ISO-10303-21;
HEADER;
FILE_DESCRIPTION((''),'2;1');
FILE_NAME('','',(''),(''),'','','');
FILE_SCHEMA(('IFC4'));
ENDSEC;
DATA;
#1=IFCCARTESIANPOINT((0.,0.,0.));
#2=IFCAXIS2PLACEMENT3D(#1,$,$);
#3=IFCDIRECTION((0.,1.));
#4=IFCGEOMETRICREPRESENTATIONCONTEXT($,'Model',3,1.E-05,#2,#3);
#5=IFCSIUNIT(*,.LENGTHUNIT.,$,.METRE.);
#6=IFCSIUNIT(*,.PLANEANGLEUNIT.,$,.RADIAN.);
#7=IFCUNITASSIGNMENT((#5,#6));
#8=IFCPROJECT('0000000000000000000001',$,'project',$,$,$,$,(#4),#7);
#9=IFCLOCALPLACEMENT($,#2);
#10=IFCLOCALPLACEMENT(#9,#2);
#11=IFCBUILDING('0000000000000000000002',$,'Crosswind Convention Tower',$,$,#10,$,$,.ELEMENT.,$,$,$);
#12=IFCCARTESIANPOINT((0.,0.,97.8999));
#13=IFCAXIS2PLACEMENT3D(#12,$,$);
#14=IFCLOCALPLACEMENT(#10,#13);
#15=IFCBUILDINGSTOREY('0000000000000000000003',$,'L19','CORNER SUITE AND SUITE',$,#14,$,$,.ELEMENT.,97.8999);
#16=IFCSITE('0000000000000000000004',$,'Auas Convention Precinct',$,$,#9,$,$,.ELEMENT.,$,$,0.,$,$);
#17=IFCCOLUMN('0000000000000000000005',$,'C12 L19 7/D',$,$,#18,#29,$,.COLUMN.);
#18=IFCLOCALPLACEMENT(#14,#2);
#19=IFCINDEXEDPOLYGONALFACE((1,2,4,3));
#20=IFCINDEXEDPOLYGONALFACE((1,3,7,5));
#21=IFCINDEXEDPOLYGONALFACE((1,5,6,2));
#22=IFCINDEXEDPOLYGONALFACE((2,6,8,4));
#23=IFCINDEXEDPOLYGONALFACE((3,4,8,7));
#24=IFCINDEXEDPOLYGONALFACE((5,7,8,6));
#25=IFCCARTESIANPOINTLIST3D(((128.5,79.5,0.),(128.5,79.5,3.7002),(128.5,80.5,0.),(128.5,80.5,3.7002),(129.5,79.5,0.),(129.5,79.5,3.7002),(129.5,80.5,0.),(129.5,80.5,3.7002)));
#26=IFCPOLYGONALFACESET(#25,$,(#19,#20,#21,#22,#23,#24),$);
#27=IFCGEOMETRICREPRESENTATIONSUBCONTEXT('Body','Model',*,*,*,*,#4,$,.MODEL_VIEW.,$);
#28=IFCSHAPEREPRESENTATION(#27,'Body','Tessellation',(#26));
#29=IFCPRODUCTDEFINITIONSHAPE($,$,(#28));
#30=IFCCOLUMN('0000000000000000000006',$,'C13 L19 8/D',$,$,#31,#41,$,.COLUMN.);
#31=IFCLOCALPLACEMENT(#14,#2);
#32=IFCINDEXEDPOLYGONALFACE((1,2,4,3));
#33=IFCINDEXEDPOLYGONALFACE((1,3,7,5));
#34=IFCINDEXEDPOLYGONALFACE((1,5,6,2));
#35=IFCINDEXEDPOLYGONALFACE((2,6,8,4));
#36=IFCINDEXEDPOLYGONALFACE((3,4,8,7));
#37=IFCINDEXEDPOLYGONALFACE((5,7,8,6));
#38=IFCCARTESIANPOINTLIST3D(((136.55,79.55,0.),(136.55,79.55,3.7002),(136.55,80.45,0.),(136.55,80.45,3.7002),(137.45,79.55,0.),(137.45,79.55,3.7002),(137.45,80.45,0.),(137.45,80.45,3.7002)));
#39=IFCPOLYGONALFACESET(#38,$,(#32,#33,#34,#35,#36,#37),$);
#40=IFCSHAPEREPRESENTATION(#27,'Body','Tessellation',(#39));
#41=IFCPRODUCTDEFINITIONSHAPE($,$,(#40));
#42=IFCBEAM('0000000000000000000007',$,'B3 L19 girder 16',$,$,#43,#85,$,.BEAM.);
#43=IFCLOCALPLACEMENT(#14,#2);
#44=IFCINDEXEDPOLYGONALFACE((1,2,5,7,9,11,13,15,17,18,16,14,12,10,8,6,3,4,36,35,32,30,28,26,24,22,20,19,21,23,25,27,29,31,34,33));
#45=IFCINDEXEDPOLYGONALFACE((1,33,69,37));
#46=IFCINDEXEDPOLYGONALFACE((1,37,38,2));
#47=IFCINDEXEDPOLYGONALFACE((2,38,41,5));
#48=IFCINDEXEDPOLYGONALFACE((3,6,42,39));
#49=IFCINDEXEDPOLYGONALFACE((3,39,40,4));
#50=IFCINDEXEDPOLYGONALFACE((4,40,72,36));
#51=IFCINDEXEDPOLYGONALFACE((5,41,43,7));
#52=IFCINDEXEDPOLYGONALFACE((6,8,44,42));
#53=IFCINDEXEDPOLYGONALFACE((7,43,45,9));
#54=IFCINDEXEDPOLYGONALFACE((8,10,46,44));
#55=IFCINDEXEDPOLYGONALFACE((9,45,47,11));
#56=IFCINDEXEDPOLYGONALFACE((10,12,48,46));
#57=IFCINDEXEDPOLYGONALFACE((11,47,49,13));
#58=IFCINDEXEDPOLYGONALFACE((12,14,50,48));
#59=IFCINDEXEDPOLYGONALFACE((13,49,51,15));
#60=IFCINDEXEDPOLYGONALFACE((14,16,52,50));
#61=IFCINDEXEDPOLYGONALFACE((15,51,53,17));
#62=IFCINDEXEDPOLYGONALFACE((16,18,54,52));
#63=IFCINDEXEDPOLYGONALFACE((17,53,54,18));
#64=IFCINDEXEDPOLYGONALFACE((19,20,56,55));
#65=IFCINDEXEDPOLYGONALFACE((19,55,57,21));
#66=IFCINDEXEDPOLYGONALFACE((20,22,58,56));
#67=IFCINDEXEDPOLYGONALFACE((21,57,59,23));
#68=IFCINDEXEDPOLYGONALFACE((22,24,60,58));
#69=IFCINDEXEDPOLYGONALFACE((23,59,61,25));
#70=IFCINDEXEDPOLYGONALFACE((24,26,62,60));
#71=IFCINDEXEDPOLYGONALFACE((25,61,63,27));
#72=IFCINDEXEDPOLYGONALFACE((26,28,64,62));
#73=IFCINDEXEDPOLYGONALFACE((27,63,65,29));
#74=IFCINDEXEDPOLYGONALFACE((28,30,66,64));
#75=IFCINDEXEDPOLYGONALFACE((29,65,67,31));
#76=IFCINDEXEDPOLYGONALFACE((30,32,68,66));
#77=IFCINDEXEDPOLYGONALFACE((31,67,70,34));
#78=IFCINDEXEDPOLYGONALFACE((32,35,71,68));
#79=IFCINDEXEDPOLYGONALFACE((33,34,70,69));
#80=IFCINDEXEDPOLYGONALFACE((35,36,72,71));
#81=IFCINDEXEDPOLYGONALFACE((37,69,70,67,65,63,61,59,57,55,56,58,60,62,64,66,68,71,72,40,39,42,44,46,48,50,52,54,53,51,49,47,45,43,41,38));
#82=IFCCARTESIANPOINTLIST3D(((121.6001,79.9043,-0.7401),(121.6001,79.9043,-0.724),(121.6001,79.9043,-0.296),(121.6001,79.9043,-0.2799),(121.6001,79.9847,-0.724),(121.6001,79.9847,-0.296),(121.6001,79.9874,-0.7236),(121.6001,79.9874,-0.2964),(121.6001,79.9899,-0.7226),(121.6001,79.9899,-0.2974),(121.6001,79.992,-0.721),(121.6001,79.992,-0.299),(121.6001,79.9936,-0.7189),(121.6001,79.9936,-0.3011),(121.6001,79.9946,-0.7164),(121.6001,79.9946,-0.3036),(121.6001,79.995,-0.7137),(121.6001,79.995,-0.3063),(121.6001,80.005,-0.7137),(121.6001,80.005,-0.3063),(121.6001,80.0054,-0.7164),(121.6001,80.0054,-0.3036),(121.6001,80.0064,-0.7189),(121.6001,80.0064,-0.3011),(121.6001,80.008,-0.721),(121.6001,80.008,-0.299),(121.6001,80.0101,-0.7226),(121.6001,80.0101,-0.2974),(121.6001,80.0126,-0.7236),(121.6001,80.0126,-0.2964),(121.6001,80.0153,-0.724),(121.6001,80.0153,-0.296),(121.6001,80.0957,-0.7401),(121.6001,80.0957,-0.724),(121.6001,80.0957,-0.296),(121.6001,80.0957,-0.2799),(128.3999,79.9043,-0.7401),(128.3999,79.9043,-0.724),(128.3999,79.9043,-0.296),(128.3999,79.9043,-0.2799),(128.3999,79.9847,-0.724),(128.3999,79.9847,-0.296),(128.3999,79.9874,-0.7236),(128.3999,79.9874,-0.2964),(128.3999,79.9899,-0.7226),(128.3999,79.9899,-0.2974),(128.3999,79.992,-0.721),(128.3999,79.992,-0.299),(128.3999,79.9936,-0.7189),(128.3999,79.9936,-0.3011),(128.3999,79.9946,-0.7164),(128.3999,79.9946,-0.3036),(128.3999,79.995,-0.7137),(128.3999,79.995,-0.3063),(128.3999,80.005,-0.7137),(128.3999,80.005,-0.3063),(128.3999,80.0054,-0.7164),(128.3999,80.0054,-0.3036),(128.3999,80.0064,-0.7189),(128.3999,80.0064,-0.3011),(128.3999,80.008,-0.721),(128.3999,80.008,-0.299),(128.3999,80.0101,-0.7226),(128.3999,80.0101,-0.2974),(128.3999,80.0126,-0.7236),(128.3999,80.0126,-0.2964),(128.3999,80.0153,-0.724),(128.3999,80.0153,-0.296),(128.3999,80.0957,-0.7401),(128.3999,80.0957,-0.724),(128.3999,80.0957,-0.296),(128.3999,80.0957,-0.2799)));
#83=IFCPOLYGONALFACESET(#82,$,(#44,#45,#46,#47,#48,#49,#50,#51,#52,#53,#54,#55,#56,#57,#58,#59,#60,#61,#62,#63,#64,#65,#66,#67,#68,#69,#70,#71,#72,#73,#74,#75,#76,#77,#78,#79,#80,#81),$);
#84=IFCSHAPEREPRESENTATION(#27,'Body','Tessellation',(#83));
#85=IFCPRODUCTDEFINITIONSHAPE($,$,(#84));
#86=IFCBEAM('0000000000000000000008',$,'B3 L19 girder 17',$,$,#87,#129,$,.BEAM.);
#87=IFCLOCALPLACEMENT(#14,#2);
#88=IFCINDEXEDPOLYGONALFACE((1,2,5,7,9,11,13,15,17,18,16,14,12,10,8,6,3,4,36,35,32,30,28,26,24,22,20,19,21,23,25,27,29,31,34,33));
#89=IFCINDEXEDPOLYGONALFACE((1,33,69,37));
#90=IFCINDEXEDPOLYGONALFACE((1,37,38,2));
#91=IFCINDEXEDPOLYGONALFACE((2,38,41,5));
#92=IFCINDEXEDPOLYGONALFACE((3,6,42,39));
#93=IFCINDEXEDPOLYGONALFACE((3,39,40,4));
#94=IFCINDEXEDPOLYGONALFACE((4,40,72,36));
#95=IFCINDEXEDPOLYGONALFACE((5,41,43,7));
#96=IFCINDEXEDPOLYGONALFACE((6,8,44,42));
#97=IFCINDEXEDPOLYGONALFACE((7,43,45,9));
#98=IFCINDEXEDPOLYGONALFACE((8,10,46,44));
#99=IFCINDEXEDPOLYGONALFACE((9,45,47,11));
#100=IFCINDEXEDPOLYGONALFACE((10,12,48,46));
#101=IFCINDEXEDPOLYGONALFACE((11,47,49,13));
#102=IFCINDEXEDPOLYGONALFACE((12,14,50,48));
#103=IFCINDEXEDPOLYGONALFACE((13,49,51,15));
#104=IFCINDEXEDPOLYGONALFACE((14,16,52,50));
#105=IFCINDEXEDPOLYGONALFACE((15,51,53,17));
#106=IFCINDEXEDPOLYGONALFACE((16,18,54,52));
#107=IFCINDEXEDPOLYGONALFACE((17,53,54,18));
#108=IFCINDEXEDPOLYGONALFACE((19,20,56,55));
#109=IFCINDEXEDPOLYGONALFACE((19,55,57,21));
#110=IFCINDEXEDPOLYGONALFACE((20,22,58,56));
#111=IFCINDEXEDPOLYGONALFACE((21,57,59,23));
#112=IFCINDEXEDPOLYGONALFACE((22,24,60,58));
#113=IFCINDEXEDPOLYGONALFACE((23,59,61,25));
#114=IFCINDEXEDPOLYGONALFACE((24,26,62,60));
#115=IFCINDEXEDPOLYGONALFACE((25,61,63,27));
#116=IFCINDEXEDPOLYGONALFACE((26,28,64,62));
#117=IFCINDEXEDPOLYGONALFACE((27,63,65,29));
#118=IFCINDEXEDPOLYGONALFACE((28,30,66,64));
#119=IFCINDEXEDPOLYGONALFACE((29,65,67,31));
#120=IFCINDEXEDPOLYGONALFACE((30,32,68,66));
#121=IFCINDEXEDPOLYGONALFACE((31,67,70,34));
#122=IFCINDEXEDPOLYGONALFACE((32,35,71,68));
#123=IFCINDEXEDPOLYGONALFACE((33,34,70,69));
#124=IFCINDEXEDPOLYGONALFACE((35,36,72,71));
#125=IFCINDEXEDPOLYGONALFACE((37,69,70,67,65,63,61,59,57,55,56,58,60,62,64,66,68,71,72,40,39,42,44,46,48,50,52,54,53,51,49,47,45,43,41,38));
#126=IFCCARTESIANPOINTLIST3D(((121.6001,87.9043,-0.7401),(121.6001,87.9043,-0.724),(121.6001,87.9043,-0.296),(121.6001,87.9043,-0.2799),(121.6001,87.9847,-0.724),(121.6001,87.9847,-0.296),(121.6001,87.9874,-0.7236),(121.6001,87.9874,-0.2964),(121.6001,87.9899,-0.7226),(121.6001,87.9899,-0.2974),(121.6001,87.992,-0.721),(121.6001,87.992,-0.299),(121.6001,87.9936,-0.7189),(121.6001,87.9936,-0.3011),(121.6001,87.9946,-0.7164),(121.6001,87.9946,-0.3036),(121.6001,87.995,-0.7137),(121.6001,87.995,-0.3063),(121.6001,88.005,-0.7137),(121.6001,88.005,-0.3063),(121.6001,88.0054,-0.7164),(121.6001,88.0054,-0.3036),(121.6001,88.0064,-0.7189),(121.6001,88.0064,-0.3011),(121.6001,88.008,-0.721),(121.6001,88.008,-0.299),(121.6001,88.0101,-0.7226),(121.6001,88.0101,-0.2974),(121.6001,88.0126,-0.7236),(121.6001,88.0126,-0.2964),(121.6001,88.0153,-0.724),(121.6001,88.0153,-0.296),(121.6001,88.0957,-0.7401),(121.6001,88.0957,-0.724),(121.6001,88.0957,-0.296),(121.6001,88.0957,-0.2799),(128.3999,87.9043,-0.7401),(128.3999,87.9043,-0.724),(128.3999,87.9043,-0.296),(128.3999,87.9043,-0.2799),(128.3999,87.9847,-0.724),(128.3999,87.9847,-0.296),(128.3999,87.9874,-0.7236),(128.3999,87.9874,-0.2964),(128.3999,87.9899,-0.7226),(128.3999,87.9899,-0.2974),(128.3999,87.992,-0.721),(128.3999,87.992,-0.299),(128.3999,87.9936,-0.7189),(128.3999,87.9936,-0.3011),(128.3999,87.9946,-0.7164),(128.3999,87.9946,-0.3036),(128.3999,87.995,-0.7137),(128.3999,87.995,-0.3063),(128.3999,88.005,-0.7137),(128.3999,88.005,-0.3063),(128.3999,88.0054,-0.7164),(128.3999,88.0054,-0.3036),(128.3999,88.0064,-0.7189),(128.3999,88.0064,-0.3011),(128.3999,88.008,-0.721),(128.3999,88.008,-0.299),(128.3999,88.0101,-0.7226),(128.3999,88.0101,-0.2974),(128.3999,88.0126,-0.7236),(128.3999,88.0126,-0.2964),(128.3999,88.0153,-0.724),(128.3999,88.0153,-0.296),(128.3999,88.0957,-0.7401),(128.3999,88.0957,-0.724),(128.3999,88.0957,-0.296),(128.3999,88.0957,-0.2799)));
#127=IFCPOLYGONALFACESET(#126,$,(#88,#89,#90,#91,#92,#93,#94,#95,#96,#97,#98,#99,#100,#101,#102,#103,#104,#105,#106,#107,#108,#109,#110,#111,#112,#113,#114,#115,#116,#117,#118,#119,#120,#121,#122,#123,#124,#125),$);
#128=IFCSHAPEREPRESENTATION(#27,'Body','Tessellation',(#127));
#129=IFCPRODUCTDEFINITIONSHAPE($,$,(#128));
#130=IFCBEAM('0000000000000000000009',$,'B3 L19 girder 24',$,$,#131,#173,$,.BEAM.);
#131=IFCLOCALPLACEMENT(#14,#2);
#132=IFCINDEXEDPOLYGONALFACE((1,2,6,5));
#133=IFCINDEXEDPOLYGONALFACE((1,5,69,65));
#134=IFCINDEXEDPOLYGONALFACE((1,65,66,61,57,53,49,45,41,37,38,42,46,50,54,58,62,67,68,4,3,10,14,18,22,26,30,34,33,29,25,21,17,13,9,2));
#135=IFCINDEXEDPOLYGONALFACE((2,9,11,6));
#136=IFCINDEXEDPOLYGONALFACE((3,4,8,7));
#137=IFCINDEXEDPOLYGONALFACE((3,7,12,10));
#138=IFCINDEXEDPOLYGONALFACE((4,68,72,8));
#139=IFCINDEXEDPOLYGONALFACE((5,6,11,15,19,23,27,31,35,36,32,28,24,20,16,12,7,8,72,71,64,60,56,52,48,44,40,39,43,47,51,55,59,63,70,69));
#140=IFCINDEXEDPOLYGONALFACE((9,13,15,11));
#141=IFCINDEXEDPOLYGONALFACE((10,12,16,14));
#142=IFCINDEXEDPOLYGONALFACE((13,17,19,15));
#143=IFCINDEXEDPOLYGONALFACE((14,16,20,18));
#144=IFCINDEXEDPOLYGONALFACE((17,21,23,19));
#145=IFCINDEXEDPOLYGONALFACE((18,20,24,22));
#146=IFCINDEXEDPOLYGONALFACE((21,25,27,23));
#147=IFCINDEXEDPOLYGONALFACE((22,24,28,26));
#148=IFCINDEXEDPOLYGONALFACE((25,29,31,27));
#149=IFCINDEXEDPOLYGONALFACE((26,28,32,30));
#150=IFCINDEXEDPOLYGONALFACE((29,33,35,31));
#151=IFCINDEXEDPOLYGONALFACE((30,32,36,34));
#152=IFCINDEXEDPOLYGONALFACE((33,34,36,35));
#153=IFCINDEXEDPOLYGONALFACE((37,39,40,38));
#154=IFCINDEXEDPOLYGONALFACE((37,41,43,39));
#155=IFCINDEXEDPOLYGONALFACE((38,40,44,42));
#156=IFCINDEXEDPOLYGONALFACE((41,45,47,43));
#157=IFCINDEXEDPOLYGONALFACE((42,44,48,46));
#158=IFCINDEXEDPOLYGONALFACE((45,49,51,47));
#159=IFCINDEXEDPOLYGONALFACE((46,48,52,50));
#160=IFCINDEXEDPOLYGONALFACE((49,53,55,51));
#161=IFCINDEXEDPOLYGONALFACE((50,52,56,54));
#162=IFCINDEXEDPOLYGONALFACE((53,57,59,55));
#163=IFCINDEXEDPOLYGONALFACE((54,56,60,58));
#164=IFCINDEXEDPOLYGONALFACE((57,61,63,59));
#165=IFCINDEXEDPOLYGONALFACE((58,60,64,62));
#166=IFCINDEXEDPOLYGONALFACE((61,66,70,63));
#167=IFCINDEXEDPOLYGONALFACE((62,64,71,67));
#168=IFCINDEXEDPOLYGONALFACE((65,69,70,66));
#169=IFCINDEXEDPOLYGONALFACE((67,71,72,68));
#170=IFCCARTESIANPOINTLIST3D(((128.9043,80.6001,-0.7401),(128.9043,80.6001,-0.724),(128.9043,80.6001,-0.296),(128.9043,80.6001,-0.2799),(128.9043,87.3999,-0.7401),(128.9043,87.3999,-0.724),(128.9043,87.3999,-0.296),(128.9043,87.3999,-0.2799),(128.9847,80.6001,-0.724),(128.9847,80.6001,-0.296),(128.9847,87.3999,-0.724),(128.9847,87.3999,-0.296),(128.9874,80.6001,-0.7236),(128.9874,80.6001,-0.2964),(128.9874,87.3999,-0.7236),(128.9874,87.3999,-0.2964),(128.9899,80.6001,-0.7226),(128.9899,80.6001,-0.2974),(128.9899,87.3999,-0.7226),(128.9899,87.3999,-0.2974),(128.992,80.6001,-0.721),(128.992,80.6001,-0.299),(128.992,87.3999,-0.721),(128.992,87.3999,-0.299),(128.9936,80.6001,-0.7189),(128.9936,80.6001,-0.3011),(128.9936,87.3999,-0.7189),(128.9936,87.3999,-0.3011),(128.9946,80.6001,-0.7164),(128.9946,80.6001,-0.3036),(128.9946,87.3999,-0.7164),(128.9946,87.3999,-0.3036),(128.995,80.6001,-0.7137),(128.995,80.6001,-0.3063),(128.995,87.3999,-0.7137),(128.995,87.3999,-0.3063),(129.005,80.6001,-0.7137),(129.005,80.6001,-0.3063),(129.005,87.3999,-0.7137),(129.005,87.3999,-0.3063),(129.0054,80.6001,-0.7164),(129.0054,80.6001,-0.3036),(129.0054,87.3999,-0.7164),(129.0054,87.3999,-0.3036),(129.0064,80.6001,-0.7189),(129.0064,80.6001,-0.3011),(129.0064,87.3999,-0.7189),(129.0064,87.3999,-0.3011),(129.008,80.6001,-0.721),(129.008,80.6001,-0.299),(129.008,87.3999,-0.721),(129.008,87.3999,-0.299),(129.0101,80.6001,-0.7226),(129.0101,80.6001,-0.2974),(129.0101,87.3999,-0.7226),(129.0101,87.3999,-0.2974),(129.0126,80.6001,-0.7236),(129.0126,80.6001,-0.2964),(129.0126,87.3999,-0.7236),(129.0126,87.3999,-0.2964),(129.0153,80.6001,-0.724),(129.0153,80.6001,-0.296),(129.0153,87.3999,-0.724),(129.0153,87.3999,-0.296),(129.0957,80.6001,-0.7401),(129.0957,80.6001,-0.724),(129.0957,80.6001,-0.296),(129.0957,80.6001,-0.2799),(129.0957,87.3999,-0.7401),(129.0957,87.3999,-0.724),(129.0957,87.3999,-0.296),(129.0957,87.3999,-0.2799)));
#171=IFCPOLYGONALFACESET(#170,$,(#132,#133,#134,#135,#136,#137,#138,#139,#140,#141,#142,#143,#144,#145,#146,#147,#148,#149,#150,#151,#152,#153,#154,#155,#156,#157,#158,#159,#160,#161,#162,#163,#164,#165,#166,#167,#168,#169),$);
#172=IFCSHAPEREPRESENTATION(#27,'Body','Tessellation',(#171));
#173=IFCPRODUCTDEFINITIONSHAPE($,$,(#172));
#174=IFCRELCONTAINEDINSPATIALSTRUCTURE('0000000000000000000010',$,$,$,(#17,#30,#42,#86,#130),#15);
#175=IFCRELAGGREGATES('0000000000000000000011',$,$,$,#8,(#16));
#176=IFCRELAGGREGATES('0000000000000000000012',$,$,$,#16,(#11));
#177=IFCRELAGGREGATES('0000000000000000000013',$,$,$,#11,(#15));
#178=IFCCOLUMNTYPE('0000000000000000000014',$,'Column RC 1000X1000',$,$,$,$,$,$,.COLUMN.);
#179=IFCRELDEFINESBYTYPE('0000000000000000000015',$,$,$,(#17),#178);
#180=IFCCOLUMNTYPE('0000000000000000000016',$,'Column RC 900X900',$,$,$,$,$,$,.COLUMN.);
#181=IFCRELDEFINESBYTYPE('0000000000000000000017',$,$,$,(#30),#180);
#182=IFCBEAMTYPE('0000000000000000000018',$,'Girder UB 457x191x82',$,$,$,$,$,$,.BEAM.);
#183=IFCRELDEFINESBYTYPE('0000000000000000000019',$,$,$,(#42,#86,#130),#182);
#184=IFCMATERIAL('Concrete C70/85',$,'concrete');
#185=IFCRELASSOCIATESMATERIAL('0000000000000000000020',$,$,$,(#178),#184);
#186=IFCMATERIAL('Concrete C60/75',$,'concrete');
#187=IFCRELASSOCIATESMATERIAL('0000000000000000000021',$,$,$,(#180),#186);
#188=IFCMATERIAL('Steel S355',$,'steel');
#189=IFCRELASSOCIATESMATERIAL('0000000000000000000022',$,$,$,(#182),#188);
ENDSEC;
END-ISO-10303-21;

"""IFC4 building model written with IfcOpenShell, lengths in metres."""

from ifc_helpers import new_model, si_unit, direction, frame, origin, origin_2d, place, context, subcontext, project, spatial, rectangle, i_section, extrude, material, material_profile, profile_set, type_object, element, save


model = new_model("IFC4")

# Units and contexts
model_context = context("Model", 3, precision=1e-05, world=origin(), true_north=direction((0.0, 1.0)))
body_context = subcontext(model_context, "Body", "Model", "MODEL_VIEW")
ifc_project = project(units=[si_unit("LENGTHUNIT", "METRE"), si_unit("PLANEANGLEUNIT", "RADIAN")], contexts=[model_context])

# Site, building, storey
site_placement = place(None, origin())
site = spatial("IfcSite", under=ifc_project, at=site_placement, Name="Auas Convention Precinct", CompositionType="ELEMENT", RefElevation=0.0)
building_placement = place(site_placement, origin())
building = spatial("IfcBuilding", under=site, at=building_placement, Name="Crosswind Convention Tower", CompositionType="ELEMENT")
storey_placement = place(building_placement, frame((0.0, 0.0, 97.8999)))
storey = spatial("IfcBuildingStorey", under=building, at=storey_placement, Name="L19", Description="CORNER SUITE AND SUITE", CompositionType="ELEMENT", Elevation=97.8999)

# Columns
ifc_material_1 = material(Name="Concrete C70/85", Category="concrete")
ifc_material_profile_1 = material_profile(ifc_material_1, rectangle(XDim=1.0, YDim=1.0, at=origin_2d()), Name="RC 1000X1000")
ifc_profile_set_1 = profile_set([ifc_material_profile_1], Name="Concrete C70/85")
column_type_1 = type_object("IfcColumnType", Name="Column RC 1000X1000", PredefinedType="COLUMN", material=ifc_profile_set_1)
column_1_placement = place(storey_placement, frame((129.0, 80.0, 0.0), z_axis=(0.0, 0.0, 1.0), x_axis=(1.0, 0.0, 0.0)))
element("IfcColumn", 1, at=column_1_placement, inside=storey, type_object=column_type_1, Name="C12 L19 7/D", PredefinedType="COLUMN", context=body_context, shape_type="SweptSolid", body=[
    extrude(rectangle(XDim=1.0, YDim=1.0, at=origin_2d()), origin(), (0.0, 0.0, 1.0), 3.7002),
])
ifc_material_2 = material(Name="Concrete C60/75", Category="concrete")
ifc_material_profile_2 = material_profile(ifc_material_2, rectangle(XDim=0.8999, YDim=0.8999, at=origin_2d()), Name="RC 900X900")
ifc_profile_set_2 = profile_set([ifc_material_profile_2], Name="Concrete C60/75")
column_type_2 = type_object("IfcColumnType", Name="Column RC 900X900", PredefinedType="COLUMN", material=ifc_profile_set_2)
column_2_placement = place(storey_placement, frame((137.0, 80.0, 0.0), z_axis=(0.0, 0.0, 1.0), x_axis=(1.0, 0.0, 0.0)))
element("IfcColumn", 2, at=column_2_placement, inside=storey, type_object=column_type_2, Name="C13 L19 8/D", PredefinedType="COLUMN", context=body_context, shape_type="SweptSolid", body=[
    extrude(rectangle(XDim=0.8999, YDim=0.8999, at=origin_2d()), origin(), (0.0, 0.0, 1.0), 3.7002),
])

# Beams
ifc_material_3 = material(Name="Steel S355", Category="steel")
ifc_material_profile_3 = material_profile(ifc_material_3, i_section(OverallWidth=0.1914, OverallDepth=0.4602, WebThickness=0.01, FlangeThickness=0.0161, FilletRadius=0.0103, at=origin_2d()), Name="UB 457x191x82")
ifc_profile_set_3 = profile_set([ifc_material_profile_3], Name="Steel S355")
beam_type_1 = type_object("IfcBeamType", Name="Girder UB 457x191x82", PredefinedType="BEAM", material=ifc_profile_set_3)
for number, where, z_axis, x_axis, name in (
    (3, (121.6001, 80.0, -0.51), (1.0, 0.0, 0.0), (0.0, 1.0, 0.0), "B3 L19 girder 16"),
    (4, (121.6001, 88.0, -0.51), (1.0, 0.0, 0.0), (0.0, 1.0, 0.0), "B3 L19 girder 17"),
    (5, (129.0, 80.6001, -0.51), (0.0, 1.0, 0.0), (-1.0, 0.0, 0.0), "B3 L19 girder 24"),
):
    element("IfcBeam", number, at=place(storey_placement, frame(where, z_axis=z_axis, x_axis=x_axis)), inside=storey, type_object=beam_type_1, Name=name, PredefinedType="BEAM", context=body_context, shape_type="SweptSolid", body=[
        extrude(i_section(OverallWidth=0.1914, OverallDepth=0.4602, WebThickness=0.01, FlangeThickness=0.0161, FilletRadius=0.0103, at=origin_2d()), origin(), (0.0, 0.0, 1.0), 6.7998),
    ])

save(model, "model.ifc")
